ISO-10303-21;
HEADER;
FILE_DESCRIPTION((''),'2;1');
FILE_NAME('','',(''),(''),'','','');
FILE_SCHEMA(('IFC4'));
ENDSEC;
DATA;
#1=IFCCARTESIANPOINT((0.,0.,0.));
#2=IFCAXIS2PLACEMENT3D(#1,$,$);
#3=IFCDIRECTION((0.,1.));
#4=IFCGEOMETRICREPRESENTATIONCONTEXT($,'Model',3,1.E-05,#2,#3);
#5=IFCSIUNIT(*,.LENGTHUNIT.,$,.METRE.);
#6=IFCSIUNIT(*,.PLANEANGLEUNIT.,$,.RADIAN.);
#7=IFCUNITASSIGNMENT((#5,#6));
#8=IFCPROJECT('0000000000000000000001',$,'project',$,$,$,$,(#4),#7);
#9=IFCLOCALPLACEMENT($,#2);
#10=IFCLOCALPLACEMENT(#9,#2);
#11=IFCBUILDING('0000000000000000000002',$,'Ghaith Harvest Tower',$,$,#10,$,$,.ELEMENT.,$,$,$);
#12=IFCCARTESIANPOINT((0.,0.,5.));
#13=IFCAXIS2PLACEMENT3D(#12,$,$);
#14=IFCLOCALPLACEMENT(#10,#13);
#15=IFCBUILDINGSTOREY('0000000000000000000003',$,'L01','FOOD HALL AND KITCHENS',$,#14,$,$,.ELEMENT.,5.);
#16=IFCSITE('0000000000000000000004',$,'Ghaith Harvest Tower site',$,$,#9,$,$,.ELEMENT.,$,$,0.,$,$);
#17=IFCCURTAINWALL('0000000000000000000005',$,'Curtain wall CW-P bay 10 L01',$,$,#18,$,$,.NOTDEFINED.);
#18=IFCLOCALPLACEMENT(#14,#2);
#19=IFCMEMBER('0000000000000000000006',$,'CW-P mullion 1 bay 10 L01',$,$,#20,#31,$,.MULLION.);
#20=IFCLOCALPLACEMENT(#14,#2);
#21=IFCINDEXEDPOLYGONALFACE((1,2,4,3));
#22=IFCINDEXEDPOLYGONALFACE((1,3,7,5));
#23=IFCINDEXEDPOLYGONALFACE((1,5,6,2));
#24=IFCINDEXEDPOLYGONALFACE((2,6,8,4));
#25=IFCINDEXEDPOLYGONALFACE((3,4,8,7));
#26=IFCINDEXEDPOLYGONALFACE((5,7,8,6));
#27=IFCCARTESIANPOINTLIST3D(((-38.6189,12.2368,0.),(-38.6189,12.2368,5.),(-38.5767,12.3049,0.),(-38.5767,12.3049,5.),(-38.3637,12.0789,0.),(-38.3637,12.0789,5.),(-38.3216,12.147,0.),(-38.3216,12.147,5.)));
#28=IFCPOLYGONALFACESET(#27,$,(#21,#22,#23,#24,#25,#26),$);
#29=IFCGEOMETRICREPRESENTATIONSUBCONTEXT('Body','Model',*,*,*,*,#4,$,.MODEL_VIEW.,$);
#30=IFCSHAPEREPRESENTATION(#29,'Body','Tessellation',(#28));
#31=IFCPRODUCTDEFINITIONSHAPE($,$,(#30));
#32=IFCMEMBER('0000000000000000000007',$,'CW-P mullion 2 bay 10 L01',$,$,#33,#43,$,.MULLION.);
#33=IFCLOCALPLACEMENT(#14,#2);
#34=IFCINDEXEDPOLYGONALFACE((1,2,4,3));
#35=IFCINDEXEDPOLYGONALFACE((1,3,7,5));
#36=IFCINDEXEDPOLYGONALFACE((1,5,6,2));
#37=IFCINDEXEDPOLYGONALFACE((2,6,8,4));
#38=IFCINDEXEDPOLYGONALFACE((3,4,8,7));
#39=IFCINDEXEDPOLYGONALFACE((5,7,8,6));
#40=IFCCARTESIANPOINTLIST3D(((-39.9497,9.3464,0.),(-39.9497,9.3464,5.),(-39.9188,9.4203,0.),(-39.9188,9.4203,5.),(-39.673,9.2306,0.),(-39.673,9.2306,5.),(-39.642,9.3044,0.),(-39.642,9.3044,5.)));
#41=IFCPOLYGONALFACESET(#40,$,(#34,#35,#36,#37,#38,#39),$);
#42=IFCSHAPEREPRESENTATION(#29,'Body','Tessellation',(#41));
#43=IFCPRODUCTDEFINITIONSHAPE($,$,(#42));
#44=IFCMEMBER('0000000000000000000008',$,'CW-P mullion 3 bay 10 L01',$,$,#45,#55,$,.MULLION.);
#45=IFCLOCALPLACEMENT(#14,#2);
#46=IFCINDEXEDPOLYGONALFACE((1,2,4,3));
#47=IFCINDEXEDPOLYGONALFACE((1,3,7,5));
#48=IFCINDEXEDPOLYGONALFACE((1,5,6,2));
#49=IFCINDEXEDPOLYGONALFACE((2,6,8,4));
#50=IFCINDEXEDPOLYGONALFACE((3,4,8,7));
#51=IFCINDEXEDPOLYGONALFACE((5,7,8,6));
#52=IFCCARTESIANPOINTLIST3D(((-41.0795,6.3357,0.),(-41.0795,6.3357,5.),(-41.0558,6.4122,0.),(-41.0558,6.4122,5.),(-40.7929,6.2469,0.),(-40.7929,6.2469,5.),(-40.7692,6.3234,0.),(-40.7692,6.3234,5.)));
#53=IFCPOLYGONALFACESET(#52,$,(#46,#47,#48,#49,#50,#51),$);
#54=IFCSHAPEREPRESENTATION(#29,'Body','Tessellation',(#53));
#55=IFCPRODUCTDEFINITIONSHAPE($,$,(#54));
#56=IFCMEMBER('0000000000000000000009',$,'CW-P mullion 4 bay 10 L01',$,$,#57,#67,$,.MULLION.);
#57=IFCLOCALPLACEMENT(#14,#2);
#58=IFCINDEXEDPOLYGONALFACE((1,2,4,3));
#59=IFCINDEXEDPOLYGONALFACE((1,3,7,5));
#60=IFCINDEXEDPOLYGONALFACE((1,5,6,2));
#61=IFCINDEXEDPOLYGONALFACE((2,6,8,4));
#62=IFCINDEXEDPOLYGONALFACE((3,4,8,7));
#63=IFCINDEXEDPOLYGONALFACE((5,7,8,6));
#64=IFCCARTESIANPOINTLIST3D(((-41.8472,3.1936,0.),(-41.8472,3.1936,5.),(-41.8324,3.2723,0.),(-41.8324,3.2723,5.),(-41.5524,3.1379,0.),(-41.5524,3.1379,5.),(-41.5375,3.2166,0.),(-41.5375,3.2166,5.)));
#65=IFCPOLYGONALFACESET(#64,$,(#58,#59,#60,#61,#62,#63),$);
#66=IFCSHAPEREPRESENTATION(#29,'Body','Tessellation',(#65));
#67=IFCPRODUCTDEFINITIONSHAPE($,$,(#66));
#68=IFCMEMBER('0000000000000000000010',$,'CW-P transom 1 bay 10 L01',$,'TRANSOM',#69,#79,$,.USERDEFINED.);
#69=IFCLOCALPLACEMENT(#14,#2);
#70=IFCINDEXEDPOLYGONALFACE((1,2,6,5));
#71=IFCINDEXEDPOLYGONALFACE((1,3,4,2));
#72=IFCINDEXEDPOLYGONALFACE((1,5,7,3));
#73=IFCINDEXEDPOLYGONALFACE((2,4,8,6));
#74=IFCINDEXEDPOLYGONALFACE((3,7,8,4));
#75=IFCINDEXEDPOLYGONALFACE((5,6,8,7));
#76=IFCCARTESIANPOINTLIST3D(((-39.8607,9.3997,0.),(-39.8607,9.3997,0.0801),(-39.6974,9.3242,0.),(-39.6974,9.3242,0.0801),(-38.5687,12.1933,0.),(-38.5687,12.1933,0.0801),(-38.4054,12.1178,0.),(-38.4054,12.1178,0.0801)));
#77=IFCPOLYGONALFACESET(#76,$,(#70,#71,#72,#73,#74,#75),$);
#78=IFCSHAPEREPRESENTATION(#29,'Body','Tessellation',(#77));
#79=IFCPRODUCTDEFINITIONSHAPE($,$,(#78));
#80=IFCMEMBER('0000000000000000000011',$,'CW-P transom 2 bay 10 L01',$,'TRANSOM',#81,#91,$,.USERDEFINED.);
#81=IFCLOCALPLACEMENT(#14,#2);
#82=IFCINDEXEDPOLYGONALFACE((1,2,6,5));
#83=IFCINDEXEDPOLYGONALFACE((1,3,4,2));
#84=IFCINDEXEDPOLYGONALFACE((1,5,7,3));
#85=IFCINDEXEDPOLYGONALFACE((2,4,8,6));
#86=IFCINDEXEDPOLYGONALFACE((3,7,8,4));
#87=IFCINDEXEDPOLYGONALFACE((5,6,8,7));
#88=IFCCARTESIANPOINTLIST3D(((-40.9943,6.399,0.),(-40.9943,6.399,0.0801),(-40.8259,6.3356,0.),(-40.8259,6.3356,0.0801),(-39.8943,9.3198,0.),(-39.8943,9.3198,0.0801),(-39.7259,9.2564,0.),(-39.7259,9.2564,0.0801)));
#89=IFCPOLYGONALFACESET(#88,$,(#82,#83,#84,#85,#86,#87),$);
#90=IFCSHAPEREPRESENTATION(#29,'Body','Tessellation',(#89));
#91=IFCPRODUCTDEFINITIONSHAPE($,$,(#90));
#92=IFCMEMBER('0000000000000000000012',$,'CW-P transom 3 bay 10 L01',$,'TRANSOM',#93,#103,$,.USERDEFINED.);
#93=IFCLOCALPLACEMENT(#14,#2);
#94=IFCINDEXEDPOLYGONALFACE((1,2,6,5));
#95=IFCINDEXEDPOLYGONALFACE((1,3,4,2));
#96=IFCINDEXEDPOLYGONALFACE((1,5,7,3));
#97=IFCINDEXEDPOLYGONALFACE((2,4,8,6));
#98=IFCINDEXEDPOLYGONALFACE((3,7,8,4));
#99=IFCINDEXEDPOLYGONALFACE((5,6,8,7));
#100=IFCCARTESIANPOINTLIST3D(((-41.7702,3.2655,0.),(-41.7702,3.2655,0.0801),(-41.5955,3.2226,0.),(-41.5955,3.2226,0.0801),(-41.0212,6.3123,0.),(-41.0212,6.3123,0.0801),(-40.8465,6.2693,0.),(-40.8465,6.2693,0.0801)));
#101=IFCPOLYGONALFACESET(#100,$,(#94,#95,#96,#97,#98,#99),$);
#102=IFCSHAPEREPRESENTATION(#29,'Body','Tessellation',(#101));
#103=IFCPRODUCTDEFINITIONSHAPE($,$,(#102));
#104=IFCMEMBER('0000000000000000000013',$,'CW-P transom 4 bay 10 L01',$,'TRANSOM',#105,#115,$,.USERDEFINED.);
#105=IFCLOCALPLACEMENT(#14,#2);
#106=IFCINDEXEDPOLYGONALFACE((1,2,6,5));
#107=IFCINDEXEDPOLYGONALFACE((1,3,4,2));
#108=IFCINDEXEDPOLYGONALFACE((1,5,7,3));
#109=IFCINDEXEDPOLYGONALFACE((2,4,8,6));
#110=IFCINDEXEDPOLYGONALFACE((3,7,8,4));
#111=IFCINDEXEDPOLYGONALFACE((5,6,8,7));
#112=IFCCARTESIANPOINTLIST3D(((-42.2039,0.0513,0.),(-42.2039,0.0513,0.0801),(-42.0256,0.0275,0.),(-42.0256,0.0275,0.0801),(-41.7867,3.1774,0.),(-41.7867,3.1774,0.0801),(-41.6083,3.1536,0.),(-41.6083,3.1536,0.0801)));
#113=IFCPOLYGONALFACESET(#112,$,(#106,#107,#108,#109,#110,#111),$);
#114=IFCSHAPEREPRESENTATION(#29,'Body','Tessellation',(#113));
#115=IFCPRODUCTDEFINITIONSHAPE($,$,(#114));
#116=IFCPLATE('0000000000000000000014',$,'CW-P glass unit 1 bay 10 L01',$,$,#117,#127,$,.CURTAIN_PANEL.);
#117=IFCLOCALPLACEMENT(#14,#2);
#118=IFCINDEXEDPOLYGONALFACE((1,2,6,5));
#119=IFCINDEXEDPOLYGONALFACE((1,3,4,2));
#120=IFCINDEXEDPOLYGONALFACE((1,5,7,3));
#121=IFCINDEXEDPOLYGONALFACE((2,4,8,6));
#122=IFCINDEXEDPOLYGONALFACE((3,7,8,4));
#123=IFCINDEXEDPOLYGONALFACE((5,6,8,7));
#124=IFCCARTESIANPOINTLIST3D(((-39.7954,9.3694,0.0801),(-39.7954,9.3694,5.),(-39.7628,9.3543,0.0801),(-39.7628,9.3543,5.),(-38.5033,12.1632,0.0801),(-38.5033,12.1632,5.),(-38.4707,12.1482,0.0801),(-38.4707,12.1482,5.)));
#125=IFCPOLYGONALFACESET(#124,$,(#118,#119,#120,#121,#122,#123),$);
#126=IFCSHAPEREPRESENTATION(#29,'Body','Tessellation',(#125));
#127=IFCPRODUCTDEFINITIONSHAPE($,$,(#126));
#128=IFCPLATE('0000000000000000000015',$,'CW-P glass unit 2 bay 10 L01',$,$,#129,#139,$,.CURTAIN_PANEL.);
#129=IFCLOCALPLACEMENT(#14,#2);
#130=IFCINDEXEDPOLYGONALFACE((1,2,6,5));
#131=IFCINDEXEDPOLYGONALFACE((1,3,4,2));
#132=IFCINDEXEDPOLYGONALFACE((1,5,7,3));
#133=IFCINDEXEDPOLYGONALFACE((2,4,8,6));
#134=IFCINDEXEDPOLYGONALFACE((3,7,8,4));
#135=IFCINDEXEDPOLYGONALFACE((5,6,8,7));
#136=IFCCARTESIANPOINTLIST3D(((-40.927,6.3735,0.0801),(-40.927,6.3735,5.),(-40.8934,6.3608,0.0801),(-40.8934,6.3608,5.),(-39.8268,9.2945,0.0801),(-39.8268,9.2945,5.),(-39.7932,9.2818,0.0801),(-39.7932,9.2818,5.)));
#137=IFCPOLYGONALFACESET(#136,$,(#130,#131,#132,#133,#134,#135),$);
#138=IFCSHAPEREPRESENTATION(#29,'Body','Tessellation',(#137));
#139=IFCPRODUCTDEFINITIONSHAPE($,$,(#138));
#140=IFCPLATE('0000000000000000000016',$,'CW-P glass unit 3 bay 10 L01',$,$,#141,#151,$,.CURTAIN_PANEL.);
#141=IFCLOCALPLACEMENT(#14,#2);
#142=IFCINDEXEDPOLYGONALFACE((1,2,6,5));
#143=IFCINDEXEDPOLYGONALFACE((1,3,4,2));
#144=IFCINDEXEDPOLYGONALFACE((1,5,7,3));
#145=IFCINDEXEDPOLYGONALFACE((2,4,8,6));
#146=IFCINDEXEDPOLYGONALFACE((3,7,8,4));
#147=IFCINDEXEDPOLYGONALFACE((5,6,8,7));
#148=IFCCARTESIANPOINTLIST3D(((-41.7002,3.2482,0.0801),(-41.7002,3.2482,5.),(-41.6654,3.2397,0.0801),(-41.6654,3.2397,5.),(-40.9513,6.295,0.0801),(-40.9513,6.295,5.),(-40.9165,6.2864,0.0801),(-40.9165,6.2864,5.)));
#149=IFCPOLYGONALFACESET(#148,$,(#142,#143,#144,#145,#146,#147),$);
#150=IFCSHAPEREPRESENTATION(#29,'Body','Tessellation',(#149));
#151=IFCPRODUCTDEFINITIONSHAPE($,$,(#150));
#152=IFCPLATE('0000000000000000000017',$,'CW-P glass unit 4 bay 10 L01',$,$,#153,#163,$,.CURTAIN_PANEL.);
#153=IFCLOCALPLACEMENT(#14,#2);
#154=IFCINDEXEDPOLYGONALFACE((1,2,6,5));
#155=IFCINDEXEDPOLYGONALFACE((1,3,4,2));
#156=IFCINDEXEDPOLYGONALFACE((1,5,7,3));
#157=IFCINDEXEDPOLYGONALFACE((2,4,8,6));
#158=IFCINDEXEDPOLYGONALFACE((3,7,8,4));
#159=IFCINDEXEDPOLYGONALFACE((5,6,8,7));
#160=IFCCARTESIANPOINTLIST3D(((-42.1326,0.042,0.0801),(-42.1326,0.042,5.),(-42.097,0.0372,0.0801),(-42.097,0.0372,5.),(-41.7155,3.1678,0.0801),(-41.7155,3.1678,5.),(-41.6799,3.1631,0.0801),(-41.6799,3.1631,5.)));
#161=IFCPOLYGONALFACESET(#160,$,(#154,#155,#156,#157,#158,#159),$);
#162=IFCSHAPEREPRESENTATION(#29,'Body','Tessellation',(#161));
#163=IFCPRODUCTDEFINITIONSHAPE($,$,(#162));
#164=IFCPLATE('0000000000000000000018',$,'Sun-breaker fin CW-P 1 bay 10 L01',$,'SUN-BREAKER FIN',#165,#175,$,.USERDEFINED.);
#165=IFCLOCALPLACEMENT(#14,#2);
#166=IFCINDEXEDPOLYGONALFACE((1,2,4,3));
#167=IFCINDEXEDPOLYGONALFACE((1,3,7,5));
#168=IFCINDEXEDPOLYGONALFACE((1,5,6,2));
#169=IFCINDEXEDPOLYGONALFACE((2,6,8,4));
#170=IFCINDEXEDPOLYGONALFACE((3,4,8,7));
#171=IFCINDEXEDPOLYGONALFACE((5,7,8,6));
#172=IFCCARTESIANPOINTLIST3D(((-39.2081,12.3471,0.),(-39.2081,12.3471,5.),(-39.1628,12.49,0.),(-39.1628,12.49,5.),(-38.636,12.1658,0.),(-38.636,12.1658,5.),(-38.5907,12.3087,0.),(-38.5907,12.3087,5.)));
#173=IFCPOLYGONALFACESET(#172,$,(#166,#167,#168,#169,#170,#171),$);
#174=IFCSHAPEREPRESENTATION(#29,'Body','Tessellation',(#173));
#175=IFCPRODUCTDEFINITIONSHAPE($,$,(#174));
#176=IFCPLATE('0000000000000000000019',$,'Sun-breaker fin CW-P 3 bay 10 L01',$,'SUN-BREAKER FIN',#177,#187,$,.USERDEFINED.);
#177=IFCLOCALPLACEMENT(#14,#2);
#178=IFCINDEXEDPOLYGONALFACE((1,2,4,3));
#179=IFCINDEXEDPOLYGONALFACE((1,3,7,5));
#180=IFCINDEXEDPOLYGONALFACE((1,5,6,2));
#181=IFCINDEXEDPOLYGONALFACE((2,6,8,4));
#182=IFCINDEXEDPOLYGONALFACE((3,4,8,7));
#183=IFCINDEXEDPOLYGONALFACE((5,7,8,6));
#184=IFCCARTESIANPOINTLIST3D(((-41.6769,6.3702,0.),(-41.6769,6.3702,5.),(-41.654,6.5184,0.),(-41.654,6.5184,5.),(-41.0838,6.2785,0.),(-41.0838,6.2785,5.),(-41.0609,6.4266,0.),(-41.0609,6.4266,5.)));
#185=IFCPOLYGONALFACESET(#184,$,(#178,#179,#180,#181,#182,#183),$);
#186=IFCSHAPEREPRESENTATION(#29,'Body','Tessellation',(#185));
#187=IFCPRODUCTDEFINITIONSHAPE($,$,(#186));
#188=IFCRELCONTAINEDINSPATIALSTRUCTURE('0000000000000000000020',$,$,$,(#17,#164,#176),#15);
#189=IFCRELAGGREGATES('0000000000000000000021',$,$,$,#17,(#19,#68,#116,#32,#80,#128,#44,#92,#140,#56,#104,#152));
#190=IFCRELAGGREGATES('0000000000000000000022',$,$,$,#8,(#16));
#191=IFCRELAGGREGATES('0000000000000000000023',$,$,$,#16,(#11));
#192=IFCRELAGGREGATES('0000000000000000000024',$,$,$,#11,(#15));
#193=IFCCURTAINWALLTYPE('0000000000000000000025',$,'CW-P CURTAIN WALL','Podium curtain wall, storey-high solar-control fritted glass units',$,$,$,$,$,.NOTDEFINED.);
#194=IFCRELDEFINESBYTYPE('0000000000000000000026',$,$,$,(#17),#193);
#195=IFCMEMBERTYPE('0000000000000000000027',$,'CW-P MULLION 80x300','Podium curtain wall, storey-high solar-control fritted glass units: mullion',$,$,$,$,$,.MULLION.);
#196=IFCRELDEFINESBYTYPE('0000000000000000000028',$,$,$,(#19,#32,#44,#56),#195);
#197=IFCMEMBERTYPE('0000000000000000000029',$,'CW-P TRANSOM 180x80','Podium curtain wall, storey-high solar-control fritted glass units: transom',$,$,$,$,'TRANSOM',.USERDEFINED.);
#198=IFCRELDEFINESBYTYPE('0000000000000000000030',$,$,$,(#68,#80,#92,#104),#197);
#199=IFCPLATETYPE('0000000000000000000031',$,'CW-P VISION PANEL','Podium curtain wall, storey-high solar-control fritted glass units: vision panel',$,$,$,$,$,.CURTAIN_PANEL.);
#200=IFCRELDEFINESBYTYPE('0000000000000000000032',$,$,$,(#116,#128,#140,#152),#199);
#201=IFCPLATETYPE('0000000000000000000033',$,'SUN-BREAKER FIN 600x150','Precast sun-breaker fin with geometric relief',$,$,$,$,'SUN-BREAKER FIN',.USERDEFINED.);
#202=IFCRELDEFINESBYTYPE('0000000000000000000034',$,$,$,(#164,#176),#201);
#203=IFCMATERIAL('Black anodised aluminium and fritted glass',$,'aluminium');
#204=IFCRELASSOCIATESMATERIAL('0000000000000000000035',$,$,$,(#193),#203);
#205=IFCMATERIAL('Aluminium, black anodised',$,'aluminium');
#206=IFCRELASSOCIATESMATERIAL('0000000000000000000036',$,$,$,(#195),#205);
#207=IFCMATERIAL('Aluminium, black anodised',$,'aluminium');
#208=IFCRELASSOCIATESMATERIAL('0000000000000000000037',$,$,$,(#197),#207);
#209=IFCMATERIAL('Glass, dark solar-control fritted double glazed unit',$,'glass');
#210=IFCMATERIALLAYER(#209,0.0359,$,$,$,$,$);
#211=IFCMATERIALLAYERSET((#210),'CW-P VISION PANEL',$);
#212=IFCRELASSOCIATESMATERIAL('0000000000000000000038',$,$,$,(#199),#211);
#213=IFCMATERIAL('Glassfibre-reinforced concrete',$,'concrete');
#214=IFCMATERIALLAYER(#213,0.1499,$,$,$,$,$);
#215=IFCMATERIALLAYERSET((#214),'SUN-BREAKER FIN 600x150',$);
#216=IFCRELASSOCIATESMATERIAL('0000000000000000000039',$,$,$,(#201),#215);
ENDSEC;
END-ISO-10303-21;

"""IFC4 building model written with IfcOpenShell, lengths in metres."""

from ifc_helpers import new_model, si_unit, direction, frame, origin, origin_2d, place, context, subcontext, project, spatial, rectangle, extrude, material, layer, layer_set, material_profile, profile_set, type_object, element, aggregate, save


model = new_model("IFC4")

# Units and contexts
model_context = context("Model", 3, precision=1e-05, world=origin(), true_north=direction((0.0, 1.0)))
body_context = subcontext(model_context, "Body", "Model", "MODEL_VIEW")
ifc_project = project(units=[si_unit("LENGTHUNIT", "METRE"), si_unit("PLANEANGLEUNIT", "RADIAN")], contexts=[model_context])

# Site, building, storey
site_placement = place(None, origin())
site = spatial("IfcSite", under=ifc_project, at=site_placement, Name="Ghaith Harvest Tower site", CompositionType="ELEMENT", RefElevation=0.0)
building_placement = place(site_placement, origin())
building = spatial("IfcBuilding", under=site, at=building_placement, Name="Ghaith Harvest Tower", CompositionType="ELEMENT")
storey_placement = place(building_placement, frame((0.0, 0.0, 5.0)))
storey = spatial("IfcBuildingStorey", under=building, at=storey_placement, Name="L01", Description="FOOD HALL AND KITCHENS", CompositionType="ELEMENT", Elevation=5.0)

# Curtain wall, members, plates
ifc_material_1 = material(Name="Black anodised aluminium and fritted glass", Category="aluminium")
curtain_wall_type = type_object("IfcCurtainWallType", Name="CW-P CURTAIN WALL", Description="Podium curtain wall, storey-high solar-control fritted glass units", PredefinedType="NOTDEFINED", material=ifc_material_1)
curtain_wall_placement = place(storey_placement, origin())
curtain_wall = element("IfcCurtainWall", 1, at=curtain_wall_placement, inside=storey, type_object=curtain_wall_type, Name="Curtain wall CW-P bay 10 L01", PredefinedType="NOTDEFINED")
ifc_material_2 = material(Name="Aluminium, black anodised", Category="aluminium")
ifc_material_profile_1 = material_profile(ifc_material_2, rectangle(XDim=0.0801, YDim=0.3, at=origin_2d()), Name="CW-P MULLION 80x300")
ifc_profile_set_1 = profile_set([ifc_material_profile_1], Name="Aluminium, black anodised")
member_type_1 = type_object("IfcMemberType", Name="CW-P MULLION 80x300", Description="Podium curtain wall, storey-high solar-control fritted glass units: mullion", PredefinedType="MULLION", material=ifc_profile_set_1)
member_1_placement = place(storey_placement, frame((-38.4702, 12.1919, 0.0), z_axis=(0.0, 0.0, 1.0), x_axis=(-0.526042, -0.850459, 0.0)))
member_1 = element("IfcMember", 2, at=member_1_placement, type_object=member_type_1, Name="CW-P mullion 1 bay 10 L01", PredefinedType="MULLION", context=body_context, shape_type="SweptSolid", body=[
    extrude(rectangle(XDim=0.0801, YDim=0.3, at=origin_2d()), origin(), (0.0, 0.0, 1.0), 5.0),
])
member_2_placement = place(storey_placement, frame((-39.7959, 9.3254, 0.0), z_axis=(0.0, 0.0, 1.0), x_axis=(-0.386148, -0.922437, 0.0)))
member_2 = element("IfcMember", 3, at=member_2_placement, type_object=member_type_1, Name="CW-P mullion 2 bay 10 L01", PredefinedType="MULLION", context=body_context, shape_type="SweptSolid", body=[
    extrude(rectangle(XDim=0.0801, YDim=0.3, at=origin_2d()), origin(), (0.0, 0.0, 1.0), 5.0),
])
member_3_placement = place(storey_placement, frame((-40.9243, 6.3296, 0.0), z_axis=(0.0, 0.0, 1.0), x_axis=(-0.295966, -0.955198, 0.0)))
member_3 = element("IfcMember", 4, at=member_3_placement, type_object=member_type_1, Name="CW-P mullion 3 bay 10 L01", PredefinedType="MULLION", context=body_context, shape_type="SweptSolid", body=[
    extrude(rectangle(XDim=0.0801, YDim=0.3, at=origin_2d()), origin(), (0.0, 0.0, 1.0), 5.0),
])
member_4_placement = place(storey_placement, frame((-41.6924, 3.2051, 0.0), z_axis=(0.0, 0.0, 1.0), x_axis=(-0.185617, -0.982622, 0.0)))
member_4 = element("IfcMember", 5, at=member_4_placement, type_object=member_type_1, Name="CW-P mullion 4 bay 10 L01", PredefinedType="MULLION", context=body_context, shape_type="SweptSolid", body=[
    extrude(rectangle(XDim=0.0801, YDim=0.3, at=origin_2d()), origin(), (0.0, 0.0, 1.0), 5.0),
])
ifc_material_3 = material(Name="Aluminium, black anodised", Category="aluminium")
ifc_material_profile_2 = material_profile(ifc_material_3, rectangle(XDim=0.1799, YDim=0.0801, at=origin_2d()), Name="CW-P TRANSOM 180x80")
ifc_profile_set_2 = profile_set([ifc_material_profile_2], Name="Aluminium, black anodised")
member_type_2 = type_object("IfcMemberType", Name="CW-P TRANSOM 180x80", Description="Podium curtain wall, storey-high solar-control fritted glass units: transom", ElementType="TRANSOM", PredefinedType="USERDEFINED", material=ifc_profile_set_2)
member_5_placement = place(storey_placement, frame((-38.4871, 12.1555, 0.04), z_axis=(-0.419752, -0.907639, 0.0), x_axis=(0.907639, -0.419752, 0.0)))
member_5 = element("IfcMember", 6, at=member_5_placement, type_object=member_type_2, Name="CW-P transom 1 bay 10 L01", ObjectType="TRANSOM", PredefinedType="USERDEFINED", context=body_context, shape_type="SweptSolid", body=[
    extrude(rectangle(XDim=0.1799, YDim=0.0801, at=origin_2d()), origin(), (0.0, 0.0, 1.0), 3.0779),
])
member_6_placement = place(storey_placement, frame((-39.8101, 9.2881, 0.04), z_axis=(-0.35246, -0.935827, 0.0), x_axis=(0.935827, -0.35246, 0.0)))
member_6 = element("IfcMember", 7, at=member_6_placement, type_object=member_type_2, Name="CW-P transom 2 bay 10 L01", ObjectType="TRANSOM", PredefinedType="USERDEFINED", context=body_context, shape_type="SweptSolid", body=[
    extrude(rectangle(XDim=0.1799, YDim=0.0801, at=origin_2d()), origin(), (0.0, 0.0, 1.0), 3.1211),
])
member_7_placement = place(storey_placement, frame((-40.9338, 6.2908, 0.04), z_axis=(-0.238744, -0.971083, 0.0), x_axis=(0.971083, -0.238744, 0.0)))
member_7 = element("IfcMember", 8, at=member_7_placement, type_object=member_type_2, Name="CW-P transom 3 bay 10 L01", ObjectType="TRANSOM", PredefinedType="USERDEFINED", context=body_context, shape_type="SweptSolid", body=[
    extrude(rectangle(XDim=0.1799, YDim=0.0801, at=origin_2d()), origin(), (0.0, 0.0, 1.0), 3.1375),
])
member_8_placement = place(storey_placement, frame((-41.6975, 3.1655, 0.04), z_axis=(-0.132301, -0.99121, 0.0), x_axis=(0.99121, -0.132301, 0.0)))
member_8 = element("IfcMember", 9, at=member_8_placement, type_object=member_type_2, Name="CW-P transom 4 bay 10 L01", ObjectType="TRANSOM", PredefinedType="USERDEFINED", context=body_context, shape_type="SweptSolid", body=[
    extrude(rectangle(XDim=0.1799, YDim=0.0801, at=origin_2d()), origin(), (0.0, 0.0, 1.0), 3.1538),
])
ifc_material_4 = material(Name="Glass, dark solar-control fritted double glazed unit", Category="glass")
ifc_layer_1 = layer(ifc_material_4, 0.0359)
ifc_layer_set_1 = layer_set([ifc_layer_1], Name="CW-P VISION PANEL")
plate_type_1 = type_object("IfcPlateType", Name="CW-P VISION PANEL", Description="Podium curtain wall, storey-high solar-control fritted glass units: vision panel", PredefinedType="CURTAIN_PANEL", material=ifc_layer_set_1)
plate_1_placement = place(storey_placement, frame((-39.1331, 10.7588, 0.0801), z_axis=(0.0, 0.0, 1.0), x_axis=(-0.419755, -0.907637, 0.0)))
plate_1 = element("IfcPlate", 10, at=plate_1_placement, type_object=plate_type_1, Name="CW-P glass unit 1 bay 10 L01", PredefinedType="CURTAIN_PANEL", context=body_context, shape_type="SweptSolid", body=[
    extrude(rectangle(XDim=3.0781, YDim=0.0359, at=origin_2d()), origin(), (0.0, 0.0, 1.0), 4.9199),
])
plate_2_placement = place(storey_placement, frame((-40.3601, 7.8276, 0.0801), z_axis=(0.0, 0.0, 1.0), x_axis=(-0.352483, -0.935818, 0.0)))
plate_2 = element("IfcPlate", 11, at=plate_2_placement, type_object=plate_type_1, Name="CW-P glass unit 2 bay 10 L01", PredefinedType="CURTAIN_PANEL", context=body_context, shape_type="SweptSolid", body=[
    extrude(rectangle(XDim=3.1213, YDim=0.0359, at=origin_2d()), origin(), (0.0, 0.0, 1.0), 4.9199),
])
plate_3_placement = place(storey_placement, frame((-41.3083, 4.7673, 0.0801), z_axis=(0.0, 0.0, 1.0), x_axis=(-0.238688, -0.971096, 0.0)))
plate_3 = element("IfcPlate", 12, at=plate_3_placement, type_object=plate_type_1, Name="CW-P glass unit 3 bay 10 L01", PredefinedType="CURTAIN_PANEL", context=body_context, shape_type="SweptSolid", body=[
    extrude(rectangle(XDim=3.1375, YDim=0.0359, at=origin_2d()), origin(), (0.0, 0.0, 1.0), 4.9199),
])
plate_4_placement = place(storey_placement, frame((-41.9062, 1.6025, 0.0801), z_axis=(0.0, 0.0, 1.0), x_axis=(-0.132268, -0.991214, 0.0)))
plate_4 = element("IfcPlate", 13, at=plate_4_placement, type_object=plate_type_1, Name="CW-P glass unit 4 bay 10 L01", PredefinedType="CURTAIN_PANEL", context=body_context, shape_type="SweptSolid", body=[
    extrude(rectangle(XDim=3.1536, YDim=0.0359, at=origin_2d()), origin(), (0.0, 0.0, 1.0), 4.9199),
])
aggregate(curtain_wall, [member_1, member_5, plate_1, member_2, member_6, plate_2, member_3, member_7, plate_3, member_4, member_8, plate_4])

# Plates
ifc_material_5 = material(Name="Glassfibre-reinforced concrete", Category="concrete")
ifc_layer_2 = layer(ifc_material_5, 0.1499)
ifc_layer_set_2 = layer_set([ifc_layer_2], Name="SUN-BREAKER FIN 600x150")
plate_type_2 = type_object("IfcPlateType", Name="SUN-BREAKER FIN 600x150", Description="Precast sun-breaker fin with geometric relief", ElementType="SUN-BREAKER FIN", PredefinedType="USERDEFINED", material=ifc_layer_set_2)
for number, where, z_axis, x_axis, name in (
    (14, (-38.8994, 12.3279, 0.0), (0.0, 0.0, 1.0), (-0.953273, 0.30211, 0.0), "Sun-breaker fin CW-P 1 bay 10 L01"),
    (15, (-41.3689, 6.3984, 0.0), (0.0, 0.0, 1.0), (-0.988249, 0.152851, 0.0), "Sun-breaker fin CW-P 3 bay 10 L01"),
):
    element("IfcPlate", number, at=place(storey_placement, frame(where, z_axis=z_axis, x_axis=x_axis)), inside=storey, type_object=plate_type_2, Name=name, ObjectType="SUN-BREAKER FIN", PredefinedType="USERDEFINED", context=body_context, shape_type="SweptSolid", body=[
        extrude(rectangle(XDim=0.6001, YDim=0.1499, at=origin_2d()), origin(), (0.0, 0.0, 1.0), 5.0),
    ])

save(model, "model.ifc")
